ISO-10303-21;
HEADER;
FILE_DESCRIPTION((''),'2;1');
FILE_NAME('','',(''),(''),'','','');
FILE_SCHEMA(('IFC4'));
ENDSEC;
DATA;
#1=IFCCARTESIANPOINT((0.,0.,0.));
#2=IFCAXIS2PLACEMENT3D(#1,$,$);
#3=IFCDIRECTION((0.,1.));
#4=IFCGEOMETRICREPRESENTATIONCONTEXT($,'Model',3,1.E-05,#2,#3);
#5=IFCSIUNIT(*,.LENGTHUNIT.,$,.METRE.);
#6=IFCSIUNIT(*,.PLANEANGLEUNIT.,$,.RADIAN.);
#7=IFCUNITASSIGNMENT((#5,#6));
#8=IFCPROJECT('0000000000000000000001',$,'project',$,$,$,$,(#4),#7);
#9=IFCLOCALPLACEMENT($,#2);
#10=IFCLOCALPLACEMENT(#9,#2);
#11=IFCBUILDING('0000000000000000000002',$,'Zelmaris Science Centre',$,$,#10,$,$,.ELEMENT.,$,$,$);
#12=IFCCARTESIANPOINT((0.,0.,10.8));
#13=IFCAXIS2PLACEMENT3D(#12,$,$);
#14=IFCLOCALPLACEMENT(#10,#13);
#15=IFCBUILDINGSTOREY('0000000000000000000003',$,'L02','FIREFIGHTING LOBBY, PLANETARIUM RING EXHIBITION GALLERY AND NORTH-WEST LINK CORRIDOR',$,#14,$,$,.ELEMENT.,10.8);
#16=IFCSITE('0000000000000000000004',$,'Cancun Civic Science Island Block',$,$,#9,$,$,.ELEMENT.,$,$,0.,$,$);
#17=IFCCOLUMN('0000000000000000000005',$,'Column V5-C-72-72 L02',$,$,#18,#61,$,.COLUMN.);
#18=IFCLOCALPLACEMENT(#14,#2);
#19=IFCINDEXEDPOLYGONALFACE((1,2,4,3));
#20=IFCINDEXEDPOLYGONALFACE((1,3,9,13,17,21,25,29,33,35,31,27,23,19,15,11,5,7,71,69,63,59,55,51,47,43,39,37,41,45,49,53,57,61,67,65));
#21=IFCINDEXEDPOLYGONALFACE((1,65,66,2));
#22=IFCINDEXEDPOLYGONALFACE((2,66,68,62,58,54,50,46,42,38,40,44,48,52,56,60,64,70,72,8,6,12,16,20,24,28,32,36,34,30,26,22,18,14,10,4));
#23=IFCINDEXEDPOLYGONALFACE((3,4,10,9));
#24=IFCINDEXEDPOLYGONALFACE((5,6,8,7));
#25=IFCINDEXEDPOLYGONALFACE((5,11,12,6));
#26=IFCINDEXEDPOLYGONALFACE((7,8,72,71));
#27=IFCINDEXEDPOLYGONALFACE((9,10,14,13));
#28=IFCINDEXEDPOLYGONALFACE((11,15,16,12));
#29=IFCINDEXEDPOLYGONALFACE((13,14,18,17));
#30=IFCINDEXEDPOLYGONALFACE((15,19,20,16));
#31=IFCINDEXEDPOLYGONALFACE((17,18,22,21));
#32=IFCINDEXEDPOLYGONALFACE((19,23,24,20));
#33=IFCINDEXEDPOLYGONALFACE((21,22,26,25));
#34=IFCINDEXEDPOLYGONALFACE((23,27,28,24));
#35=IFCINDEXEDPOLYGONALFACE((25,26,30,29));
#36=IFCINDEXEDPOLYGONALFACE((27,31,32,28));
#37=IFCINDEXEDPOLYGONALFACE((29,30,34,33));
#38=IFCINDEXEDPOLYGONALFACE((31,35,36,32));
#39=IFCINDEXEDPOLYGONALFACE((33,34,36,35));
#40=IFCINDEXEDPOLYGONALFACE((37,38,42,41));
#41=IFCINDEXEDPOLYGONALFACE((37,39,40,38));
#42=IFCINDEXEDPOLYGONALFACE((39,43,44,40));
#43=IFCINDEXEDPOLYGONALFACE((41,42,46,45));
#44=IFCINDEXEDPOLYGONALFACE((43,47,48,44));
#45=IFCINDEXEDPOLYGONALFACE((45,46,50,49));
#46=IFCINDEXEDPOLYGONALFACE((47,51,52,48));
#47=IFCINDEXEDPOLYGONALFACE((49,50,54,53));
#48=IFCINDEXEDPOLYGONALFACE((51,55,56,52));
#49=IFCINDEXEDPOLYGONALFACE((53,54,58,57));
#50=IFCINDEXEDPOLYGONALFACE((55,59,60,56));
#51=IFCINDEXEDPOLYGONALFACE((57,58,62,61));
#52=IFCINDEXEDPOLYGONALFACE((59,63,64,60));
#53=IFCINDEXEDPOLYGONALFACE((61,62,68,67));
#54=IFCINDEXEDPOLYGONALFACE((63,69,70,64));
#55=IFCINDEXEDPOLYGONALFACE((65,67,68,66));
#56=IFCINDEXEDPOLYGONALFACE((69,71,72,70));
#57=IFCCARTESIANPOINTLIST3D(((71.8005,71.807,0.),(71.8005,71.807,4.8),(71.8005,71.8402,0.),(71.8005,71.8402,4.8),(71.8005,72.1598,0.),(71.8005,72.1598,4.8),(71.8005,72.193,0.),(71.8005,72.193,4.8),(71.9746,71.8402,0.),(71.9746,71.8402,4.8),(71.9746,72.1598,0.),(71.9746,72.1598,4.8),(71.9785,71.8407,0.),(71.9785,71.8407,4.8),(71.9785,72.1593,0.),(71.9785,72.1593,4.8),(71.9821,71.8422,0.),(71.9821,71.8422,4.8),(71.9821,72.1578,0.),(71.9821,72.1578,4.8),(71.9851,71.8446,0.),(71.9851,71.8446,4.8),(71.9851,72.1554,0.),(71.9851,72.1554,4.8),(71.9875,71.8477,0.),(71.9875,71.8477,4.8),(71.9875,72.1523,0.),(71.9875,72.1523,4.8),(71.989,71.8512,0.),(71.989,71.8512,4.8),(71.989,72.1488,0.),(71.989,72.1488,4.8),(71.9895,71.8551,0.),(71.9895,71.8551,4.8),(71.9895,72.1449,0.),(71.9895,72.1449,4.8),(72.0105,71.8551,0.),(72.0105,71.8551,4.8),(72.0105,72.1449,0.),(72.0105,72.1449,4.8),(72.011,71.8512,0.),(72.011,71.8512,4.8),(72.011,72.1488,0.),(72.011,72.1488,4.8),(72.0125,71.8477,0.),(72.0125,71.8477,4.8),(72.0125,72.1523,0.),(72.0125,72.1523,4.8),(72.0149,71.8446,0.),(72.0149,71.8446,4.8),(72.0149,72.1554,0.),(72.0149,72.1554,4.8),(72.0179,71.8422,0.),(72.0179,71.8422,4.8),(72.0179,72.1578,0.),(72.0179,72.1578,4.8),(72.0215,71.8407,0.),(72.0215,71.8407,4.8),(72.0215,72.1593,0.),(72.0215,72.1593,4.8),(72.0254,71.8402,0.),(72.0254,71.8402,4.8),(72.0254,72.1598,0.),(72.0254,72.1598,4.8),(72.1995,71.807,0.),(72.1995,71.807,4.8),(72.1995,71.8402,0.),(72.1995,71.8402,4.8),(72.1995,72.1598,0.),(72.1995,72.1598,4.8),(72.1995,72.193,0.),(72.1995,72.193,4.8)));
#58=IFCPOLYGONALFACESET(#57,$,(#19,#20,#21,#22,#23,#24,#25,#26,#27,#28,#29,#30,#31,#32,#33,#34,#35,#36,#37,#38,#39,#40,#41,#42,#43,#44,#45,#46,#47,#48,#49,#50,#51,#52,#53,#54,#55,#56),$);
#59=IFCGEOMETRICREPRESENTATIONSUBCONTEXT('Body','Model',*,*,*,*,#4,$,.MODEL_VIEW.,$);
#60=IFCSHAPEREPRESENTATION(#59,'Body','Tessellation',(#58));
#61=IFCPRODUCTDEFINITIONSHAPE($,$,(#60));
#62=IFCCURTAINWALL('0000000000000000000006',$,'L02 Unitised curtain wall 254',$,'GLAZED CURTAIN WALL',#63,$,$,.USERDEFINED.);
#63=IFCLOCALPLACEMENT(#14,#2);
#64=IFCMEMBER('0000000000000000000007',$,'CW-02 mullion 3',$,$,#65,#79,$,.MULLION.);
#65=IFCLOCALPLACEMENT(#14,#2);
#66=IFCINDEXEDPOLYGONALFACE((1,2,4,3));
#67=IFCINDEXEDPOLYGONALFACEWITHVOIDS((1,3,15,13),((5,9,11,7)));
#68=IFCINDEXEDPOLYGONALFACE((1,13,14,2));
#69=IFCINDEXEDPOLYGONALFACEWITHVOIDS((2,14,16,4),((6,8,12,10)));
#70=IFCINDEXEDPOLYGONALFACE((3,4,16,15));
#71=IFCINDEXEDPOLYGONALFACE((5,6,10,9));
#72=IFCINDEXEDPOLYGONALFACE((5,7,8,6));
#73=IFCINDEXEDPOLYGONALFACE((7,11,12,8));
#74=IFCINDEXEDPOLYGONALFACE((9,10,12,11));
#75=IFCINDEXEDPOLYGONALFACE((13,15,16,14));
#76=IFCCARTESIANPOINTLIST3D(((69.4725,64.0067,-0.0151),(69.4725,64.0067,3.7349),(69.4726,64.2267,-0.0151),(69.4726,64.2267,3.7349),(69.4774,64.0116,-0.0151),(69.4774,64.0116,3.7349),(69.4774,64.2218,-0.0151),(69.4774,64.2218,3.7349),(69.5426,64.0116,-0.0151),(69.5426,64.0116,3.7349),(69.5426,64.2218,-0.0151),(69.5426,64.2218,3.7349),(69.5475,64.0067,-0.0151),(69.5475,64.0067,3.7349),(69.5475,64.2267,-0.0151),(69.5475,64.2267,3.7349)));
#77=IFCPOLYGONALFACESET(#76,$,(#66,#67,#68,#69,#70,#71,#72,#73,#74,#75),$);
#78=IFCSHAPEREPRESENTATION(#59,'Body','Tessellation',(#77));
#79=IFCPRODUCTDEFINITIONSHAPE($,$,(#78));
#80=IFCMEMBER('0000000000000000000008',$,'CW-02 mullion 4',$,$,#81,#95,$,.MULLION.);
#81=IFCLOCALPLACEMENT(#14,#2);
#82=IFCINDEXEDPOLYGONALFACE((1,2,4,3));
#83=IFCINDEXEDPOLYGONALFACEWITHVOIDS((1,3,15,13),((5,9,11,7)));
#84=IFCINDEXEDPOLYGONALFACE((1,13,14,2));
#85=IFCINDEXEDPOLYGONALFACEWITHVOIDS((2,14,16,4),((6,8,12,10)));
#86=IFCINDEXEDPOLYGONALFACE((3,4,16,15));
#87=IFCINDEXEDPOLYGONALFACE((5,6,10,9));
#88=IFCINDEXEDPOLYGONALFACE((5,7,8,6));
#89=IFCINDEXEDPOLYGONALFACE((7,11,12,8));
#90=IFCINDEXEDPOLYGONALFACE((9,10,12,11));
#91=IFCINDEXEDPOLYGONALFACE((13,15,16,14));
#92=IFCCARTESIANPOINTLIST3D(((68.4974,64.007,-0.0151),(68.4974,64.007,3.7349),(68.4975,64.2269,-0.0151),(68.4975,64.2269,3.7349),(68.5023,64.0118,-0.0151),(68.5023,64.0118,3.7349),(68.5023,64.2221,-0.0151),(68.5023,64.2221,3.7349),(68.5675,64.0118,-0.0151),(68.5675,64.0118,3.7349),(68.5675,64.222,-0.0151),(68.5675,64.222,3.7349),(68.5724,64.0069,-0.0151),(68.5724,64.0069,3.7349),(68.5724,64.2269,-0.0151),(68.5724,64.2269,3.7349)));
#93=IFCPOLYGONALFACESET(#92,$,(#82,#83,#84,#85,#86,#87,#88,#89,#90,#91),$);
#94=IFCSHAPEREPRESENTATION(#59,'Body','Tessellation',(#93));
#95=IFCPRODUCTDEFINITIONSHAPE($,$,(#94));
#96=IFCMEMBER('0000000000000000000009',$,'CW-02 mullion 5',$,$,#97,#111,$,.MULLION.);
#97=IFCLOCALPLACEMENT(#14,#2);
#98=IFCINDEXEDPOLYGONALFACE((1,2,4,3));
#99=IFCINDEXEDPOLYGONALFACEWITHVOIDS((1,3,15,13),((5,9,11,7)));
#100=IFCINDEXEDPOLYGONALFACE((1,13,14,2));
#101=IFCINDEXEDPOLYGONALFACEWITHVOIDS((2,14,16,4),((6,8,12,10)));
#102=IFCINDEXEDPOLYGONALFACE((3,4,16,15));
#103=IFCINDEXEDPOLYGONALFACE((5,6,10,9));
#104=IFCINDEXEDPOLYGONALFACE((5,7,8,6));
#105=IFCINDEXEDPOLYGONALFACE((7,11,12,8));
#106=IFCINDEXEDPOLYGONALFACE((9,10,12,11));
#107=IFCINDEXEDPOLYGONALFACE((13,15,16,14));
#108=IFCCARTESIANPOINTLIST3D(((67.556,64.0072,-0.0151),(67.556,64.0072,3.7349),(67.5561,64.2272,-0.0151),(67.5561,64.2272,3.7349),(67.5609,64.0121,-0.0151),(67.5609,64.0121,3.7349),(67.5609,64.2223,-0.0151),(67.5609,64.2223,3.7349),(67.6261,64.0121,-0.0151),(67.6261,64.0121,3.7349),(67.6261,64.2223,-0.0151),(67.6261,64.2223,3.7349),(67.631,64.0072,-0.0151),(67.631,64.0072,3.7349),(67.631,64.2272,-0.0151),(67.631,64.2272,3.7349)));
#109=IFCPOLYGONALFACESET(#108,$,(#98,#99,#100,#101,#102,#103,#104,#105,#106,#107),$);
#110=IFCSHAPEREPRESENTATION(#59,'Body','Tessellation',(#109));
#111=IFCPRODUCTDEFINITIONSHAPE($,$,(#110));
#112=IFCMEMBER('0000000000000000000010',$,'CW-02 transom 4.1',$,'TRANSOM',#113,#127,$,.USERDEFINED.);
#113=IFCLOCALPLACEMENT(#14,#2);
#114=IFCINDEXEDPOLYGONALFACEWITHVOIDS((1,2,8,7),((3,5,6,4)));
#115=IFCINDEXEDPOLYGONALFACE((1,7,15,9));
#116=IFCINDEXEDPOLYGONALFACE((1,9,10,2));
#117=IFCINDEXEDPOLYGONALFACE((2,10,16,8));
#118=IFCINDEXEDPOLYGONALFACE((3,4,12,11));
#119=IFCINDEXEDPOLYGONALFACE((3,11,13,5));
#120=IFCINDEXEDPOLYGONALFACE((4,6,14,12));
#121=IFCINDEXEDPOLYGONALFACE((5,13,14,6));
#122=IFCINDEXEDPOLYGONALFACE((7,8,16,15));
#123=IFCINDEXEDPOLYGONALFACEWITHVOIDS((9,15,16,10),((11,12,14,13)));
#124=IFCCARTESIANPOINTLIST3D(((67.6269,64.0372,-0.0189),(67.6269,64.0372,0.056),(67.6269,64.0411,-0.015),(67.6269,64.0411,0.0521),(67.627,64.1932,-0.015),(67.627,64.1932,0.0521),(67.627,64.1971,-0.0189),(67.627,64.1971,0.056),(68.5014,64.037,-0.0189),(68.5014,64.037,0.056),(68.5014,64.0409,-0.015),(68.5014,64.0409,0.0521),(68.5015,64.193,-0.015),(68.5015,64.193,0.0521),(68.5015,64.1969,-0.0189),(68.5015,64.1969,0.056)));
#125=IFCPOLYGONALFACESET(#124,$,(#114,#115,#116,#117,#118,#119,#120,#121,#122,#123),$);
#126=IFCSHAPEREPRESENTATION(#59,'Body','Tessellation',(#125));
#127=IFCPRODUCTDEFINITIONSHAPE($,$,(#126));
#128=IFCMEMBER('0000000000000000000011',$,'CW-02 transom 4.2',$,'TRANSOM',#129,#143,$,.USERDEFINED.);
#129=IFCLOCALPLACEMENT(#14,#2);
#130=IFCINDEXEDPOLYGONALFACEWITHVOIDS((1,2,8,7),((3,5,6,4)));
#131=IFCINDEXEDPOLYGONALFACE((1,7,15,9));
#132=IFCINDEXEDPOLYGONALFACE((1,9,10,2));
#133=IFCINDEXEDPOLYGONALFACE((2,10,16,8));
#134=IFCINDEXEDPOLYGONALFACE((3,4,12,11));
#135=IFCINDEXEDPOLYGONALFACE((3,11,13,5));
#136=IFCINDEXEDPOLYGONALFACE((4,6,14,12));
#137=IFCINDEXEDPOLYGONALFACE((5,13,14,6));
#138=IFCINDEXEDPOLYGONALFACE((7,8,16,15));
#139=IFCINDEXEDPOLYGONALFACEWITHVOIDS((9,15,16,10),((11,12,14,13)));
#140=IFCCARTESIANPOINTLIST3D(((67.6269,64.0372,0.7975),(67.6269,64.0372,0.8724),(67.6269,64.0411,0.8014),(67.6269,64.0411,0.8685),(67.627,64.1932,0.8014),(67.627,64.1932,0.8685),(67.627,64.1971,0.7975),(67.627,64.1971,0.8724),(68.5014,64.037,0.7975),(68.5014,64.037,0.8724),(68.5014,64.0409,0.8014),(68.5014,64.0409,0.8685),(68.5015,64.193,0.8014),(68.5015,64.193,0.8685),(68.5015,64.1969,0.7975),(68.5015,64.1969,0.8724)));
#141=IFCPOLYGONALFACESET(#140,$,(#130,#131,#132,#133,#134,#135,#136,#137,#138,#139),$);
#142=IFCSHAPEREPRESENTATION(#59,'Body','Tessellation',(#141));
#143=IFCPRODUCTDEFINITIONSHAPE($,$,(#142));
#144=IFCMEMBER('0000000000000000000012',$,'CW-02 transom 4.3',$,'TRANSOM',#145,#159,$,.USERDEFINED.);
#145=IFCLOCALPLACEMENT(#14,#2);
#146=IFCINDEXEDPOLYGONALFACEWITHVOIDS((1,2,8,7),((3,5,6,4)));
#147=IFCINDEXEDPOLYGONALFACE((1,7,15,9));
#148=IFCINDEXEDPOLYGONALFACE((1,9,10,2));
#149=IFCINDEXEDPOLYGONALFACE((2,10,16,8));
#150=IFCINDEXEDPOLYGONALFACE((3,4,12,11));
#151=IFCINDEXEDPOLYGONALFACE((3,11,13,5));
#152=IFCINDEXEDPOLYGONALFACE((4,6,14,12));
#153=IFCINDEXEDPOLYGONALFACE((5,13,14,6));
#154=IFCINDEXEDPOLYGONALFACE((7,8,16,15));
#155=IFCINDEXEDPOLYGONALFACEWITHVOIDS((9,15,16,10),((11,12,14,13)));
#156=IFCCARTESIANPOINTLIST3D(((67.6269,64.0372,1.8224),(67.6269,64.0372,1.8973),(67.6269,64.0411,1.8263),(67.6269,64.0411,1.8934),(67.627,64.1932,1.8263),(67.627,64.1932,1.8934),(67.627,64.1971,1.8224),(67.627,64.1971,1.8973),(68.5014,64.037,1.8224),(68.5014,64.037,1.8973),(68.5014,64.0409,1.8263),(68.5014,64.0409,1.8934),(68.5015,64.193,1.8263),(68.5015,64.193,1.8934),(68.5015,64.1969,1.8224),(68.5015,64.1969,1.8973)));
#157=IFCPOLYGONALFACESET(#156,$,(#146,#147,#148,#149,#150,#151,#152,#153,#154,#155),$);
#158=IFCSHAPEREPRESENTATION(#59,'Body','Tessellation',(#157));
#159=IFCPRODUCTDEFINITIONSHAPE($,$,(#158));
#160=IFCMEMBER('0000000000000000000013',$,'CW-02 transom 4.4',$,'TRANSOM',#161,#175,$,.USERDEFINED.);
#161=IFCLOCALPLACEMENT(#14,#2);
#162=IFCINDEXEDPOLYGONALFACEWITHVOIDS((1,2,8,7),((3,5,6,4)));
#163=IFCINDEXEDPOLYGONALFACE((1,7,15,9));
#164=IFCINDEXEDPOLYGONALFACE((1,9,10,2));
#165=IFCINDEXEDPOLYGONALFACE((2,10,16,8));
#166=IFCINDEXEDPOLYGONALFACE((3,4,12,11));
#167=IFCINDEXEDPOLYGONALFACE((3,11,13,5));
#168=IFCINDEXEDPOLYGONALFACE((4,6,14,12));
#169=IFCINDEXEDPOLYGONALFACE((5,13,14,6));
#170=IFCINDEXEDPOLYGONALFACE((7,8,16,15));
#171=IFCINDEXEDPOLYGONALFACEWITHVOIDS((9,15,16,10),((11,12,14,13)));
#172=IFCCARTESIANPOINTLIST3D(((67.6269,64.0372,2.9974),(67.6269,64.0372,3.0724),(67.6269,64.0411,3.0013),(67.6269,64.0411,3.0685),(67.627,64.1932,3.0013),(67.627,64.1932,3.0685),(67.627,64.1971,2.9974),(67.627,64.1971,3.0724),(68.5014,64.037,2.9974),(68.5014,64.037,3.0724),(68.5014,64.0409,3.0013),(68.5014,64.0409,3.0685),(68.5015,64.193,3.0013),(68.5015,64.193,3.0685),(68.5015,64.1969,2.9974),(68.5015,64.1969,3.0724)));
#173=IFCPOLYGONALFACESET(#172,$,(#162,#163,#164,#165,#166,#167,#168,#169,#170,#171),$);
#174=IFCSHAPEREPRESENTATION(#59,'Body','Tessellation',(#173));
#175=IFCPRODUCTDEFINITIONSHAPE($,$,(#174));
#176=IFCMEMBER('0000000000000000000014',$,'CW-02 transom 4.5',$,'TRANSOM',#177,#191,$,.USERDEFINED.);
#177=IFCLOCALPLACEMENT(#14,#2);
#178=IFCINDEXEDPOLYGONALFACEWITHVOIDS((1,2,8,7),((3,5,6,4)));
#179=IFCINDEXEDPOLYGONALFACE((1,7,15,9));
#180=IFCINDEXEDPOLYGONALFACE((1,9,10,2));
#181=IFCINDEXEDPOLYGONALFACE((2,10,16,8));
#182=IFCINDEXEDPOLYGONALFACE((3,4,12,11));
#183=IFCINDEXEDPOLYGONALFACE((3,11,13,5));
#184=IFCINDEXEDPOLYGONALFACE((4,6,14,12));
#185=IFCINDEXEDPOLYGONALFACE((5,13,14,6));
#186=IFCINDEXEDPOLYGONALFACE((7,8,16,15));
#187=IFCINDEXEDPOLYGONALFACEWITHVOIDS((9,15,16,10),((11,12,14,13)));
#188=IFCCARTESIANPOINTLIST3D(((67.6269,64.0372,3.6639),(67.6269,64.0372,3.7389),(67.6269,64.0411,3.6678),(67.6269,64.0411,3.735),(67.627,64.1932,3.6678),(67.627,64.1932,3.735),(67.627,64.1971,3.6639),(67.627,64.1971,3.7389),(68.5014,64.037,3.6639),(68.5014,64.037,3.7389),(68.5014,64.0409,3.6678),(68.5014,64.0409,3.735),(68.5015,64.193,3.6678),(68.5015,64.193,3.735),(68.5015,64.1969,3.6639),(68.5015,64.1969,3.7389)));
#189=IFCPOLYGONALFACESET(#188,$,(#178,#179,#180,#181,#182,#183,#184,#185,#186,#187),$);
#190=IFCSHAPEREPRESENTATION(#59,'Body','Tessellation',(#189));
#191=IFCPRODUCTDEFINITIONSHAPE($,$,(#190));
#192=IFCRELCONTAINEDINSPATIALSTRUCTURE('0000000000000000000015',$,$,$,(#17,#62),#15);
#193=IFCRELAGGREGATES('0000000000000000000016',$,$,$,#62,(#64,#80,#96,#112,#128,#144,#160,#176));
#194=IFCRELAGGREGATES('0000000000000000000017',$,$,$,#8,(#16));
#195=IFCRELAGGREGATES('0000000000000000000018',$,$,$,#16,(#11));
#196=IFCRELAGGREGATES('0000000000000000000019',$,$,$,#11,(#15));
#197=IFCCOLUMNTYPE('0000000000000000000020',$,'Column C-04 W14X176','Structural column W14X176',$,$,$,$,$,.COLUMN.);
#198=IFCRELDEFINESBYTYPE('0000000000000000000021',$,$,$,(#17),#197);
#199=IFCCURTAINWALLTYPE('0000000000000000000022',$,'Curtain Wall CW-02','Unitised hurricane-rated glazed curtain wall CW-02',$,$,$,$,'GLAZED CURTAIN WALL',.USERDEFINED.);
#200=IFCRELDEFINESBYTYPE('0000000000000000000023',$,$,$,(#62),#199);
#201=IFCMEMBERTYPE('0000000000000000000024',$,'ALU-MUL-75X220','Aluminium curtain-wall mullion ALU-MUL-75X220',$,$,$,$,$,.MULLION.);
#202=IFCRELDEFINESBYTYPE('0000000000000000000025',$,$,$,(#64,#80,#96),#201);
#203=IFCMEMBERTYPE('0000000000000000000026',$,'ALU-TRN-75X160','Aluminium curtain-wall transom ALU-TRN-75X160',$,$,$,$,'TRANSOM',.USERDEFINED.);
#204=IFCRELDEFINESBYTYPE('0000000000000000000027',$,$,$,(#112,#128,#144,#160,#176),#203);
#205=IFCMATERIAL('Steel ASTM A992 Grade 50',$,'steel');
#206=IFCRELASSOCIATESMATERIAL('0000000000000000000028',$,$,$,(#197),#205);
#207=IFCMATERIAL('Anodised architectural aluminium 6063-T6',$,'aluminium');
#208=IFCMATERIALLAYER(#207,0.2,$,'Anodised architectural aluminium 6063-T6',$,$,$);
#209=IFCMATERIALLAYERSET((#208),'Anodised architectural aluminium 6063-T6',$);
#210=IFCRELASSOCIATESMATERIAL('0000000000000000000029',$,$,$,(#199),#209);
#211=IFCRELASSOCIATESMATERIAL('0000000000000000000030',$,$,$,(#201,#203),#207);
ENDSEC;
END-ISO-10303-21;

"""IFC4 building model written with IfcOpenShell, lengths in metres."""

from ifc_helpers import new_model, si_unit, direction, frame, origin, origin_2d, place, context, subcontext, project, spatial, hollow_rectangle, i_section, extrude, material, layer, layer_set, material_profile, profile_set, type_object, element, aggregate, save


model = new_model("IFC4")

# Units and contexts
model_context = context("Model", 3, precision=1e-05, world=origin(), true_north=direction((0.0, 1.0)))
body_context = subcontext(model_context, "Body", "Model", "MODEL_VIEW")
ifc_project = project(units=[si_unit("LENGTHUNIT", "METRE"), si_unit("PLANEANGLEUNIT", "RADIAN")], contexts=[model_context])

# Site, building, storey
site_placement = place(None, origin())
site = spatial("IfcSite", under=ifc_project, at=site_placement, Name="Cancun Civic Science Island Block", CompositionType="ELEMENT", RefElevation=0.0)
building_placement = place(site_placement, origin())
building = spatial("IfcBuilding", under=site, at=building_placement, Name="Zelmaris Science Centre", CompositionType="ELEMENT")
storey_placement = place(building_placement, frame((0.0, 0.0, 10.8)))
storey = spatial("IfcBuildingStorey", under=building, at=storey_placement, Name="L02", Description="FIREFIGHTING LOBBY, PLANETARIUM RING EXHIBITION GALLERY AND NORTH-WEST LINK CORRIDOR", CompositionType="ELEMENT", Elevation=10.8)

# Column
ifc_material_1 = material(Name="Steel ASTM A992 Grade 50", Category="steel")
ifc_material_profile_1 = material_profile(ifc_material_1, i_section(OverallWidth=0.3989, OverallDepth=0.386, WebThickness=0.021, FlangeThickness=0.0332, FilletRadius=0.0149, at=origin_2d()), Name="W14X176")
ifc_profile_set_1 = profile_set([ifc_material_profile_1], Name="Steel ASTM A992 Grade 50")
column_type = type_object("IfcColumnType", Name="Column C-04 W14X176", Description="Structural column W14X176", PredefinedType="COLUMN", material=ifc_profile_set_1)
column_placement = place(storey_placement, frame((72.0, 72.0, 0.0), z_axis=(0.0, 0.0, 1.0), x_axis=(1.0, 0.0, 0.0)))
element("IfcColumn", 1, at=column_placement, inside=storey, type_object=column_type, Name="Column V5-C-72-72 L02", PredefinedType="COLUMN", context=body_context, shape_type="SweptSolid", body=[
    extrude(i_section(OverallWidth=0.3989, OverallDepth=0.386, WebThickness=0.021, FlangeThickness=0.0332, FilletRadius=0.0149, at=origin_2d()), origin(), (0.0, 0.0, 1.0), 4.8),
])

# Curtain wall, members
ifc_material_2 = material(Name="Anodised architectural aluminium 6063-T6", Category="aluminium")
ifc_layer_1 = layer(ifc_material_2, 0.2, Name="Anodised architectural aluminium 6063-T6")
ifc_layer_set_1 = layer_set([ifc_layer_1], Name="Anodised architectural aluminium 6063-T6")
curtain_wall_type = type_object("IfcCurtainWallType", Name="Curtain Wall CW-02", Description="Unitised hurricane-rated glazed curtain wall CW-02", ElementType="GLAZED CURTAIN WALL", PredefinedType="USERDEFINED", material=ifc_layer_set_1)
curtain_wall_placement = place(storey_placement, origin())
curtain_wall = element("IfcCurtainWall", 2, at=curtain_wall_placement, inside=storey, type_object=curtain_wall_type, Name="L02 Unitised curtain wall 254", ObjectType="GLAZED CURTAIN WALL", PredefinedType="USERDEFINED")
ifc_material_profile_2 = material_profile(ifc_material_2, hollow_rectangle(XDim=0.075, YDim=0.22, WallThickness=0.0049, at=origin_2d()), Name="ALU-MUL-75X220")
ifc_profile_set_2 = profile_set([ifc_material_profile_2], Name="Anodised architectural aluminium 6063-T6")
member_type_1 = type_object("IfcMemberType", Name="ALU-MUL-75X220", Description="Aluminium curtain-wall mullion ALU-MUL-75X220", PredefinedType="MULLION", material=ifc_profile_set_2)
member_1_placement = place(storey_placement, frame((69.51, 64.1167, -0.0151), z_axis=(0.0, 0.0, 1.0), x_axis=(-1.0, 0.000243, 0.0)))
member_1 = element("IfcMember", 3, at=member_1_placement, type_object=member_type_1, Name="CW-02 mullion 3", PredefinedType="MULLION", context=body_context, shape_type="SweptSolid", body=[
    extrude(hollow_rectangle(XDim=0.075, YDim=0.22, WallThickness=0.0049, at=origin_2d()), origin(), (0.0, 0.0, 1.0), 3.75),
])
member_2_placement = place(storey_placement, frame((68.5349, 64.1169, -0.0151), z_axis=(0.0, 0.0, 1.0), x_axis=(-1.0, 0.000243, 0.0)))
member_2 = element("IfcMember", 4, at=member_2_placement, type_object=member_type_1, Name="CW-02 mullion 4", PredefinedType="MULLION", context=body_context, shape_type="SweptSolid", body=[
    extrude(hollow_rectangle(XDim=0.075, YDim=0.22, WallThickness=0.0049, at=origin_2d()), origin(), (0.0, 0.0, 1.0), 3.75),
])
member_3_placement = place(storey_placement, frame((67.5935, 64.1172, -0.0151), z_axis=(0.0, 0.0, 1.0), x_axis=(-1.0, 0.000243, 0.0)))
member_3 = element("IfcMember", 5, at=member_3_placement, type_object=member_type_1, Name="CW-02 mullion 5", PredefinedType="MULLION", context=body_context, shape_type="SweptSolid", body=[
    extrude(hollow_rectangle(XDim=0.075, YDim=0.22, WallThickness=0.0049, at=origin_2d()), origin(), (0.0, 0.0, 1.0), 3.75),
])
ifc_material_profile_3 = material_profile(ifc_material_2, hollow_rectangle(XDim=0.075, YDim=0.1599, WallThickness=0.0039, at=origin_2d()), Name="ALU-TRN-75X160")
ifc_profile_set_3 = profile_set([ifc_material_profile_3], Name="Anodised architectural aluminium 6063-T6")
member_type_2 = type_object("IfcMemberType", Name="ALU-TRN-75X160", Description="Aluminium curtain-wall transom ALU-TRN-75X160", ElementType="TRANSOM", PredefinedType="USERDEFINED", material=ifc_profile_set_3)
member_4_placement = place(storey_placement, frame((68.5015, 64.1169, 0.0186), z_axis=(-1.0, 0.000279, 0.0), x_axis=(0.0, 0.0, 1.0)))
member_4 = element("IfcMember", 6, at=member_4_placement, type_object=member_type_2, Name="CW-02 transom 4.1", ObjectType="TRANSOM", PredefinedType="USERDEFINED", context=body_context, shape_type="SweptSolid", body=[
    extrude(hollow_rectangle(XDim=0.075, YDim=0.1599, WallThickness=0.0039, at=origin_2d()), origin(), (0.0, 0.0, 1.0), 0.8745),
])
member_5_placement = place(storey_placement, frame((68.5015, 64.1169, 0.835), z_axis=(-1.0, 0.000279, 0.0), x_axis=(0.0, 0.0, 1.0)))
member_5 = element("IfcMember", 7, at=member_5_placement, type_object=member_type_2, Name="CW-02 transom 4.2", ObjectType="TRANSOM", PredefinedType="USERDEFINED", context=body_context, shape_type="SweptSolid", body=[
    extrude(hollow_rectangle(XDim=0.075, YDim=0.1599, WallThickness=0.0039, at=origin_2d()), origin(), (0.0, 0.0, 1.0), 0.8745),
])
member_6_placement = place(storey_placement, frame((68.5015, 64.1169, 1.8599), z_axis=(-1.0, 0.000279, 0.0), x_axis=(0.0, 0.0, 1.0)))
member_6 = element("IfcMember", 8, at=member_6_placement, type_object=member_type_2, Name="CW-02 transom 4.3", ObjectType="TRANSOM", PredefinedType="USERDEFINED", context=body_context, shape_type="SweptSolid", body=[
    extrude(hollow_rectangle(XDim=0.075, YDim=0.1599, WallThickness=0.0039, at=origin_2d()), origin(), (0.0, 0.0, 1.0), 0.8745),
])
member_7_placement = place(storey_placement, frame((68.5015, 64.1169, 3.0349), z_axis=(-1.0, 0.000279, 0.0), x_axis=(0.0, 0.0, 1.0)))
member_7 = element("IfcMember", 9, at=member_7_placement, type_object=member_type_2, Name="CW-02 transom 4.4", ObjectType="TRANSOM", PredefinedType="USERDEFINED", context=body_context, shape_type="SweptSolid", body=[
    extrude(hollow_rectangle(XDim=0.075, YDim=0.1599, WallThickness=0.0039, at=origin_2d()), origin(), (0.0, 0.0, 1.0), 0.8745),
])
member_8_placement = place(storey_placement, frame((68.5015, 64.1169, 3.7014), z_axis=(-1.0, 0.000279, 0.0), x_axis=(0.0, 0.0, 1.0)))
member_8 = element("IfcMember", 10, at=member_8_placement, type_object=member_type_2, Name="CW-02 transom 4.5", ObjectType="TRANSOM", PredefinedType="USERDEFINED", context=body_context, shape_type="SweptSolid", body=[
    extrude(hollow_rectangle(XDim=0.075, YDim=0.1599, WallThickness=0.0039, at=origin_2d()), origin(), (0.0, 0.0, 1.0), 0.8745),
])

aggregate(curtain_wall, [member_1, member_2, member_3, member_4, member_5, member_6, member_7, member_8])

save(model, "model.ifc")
